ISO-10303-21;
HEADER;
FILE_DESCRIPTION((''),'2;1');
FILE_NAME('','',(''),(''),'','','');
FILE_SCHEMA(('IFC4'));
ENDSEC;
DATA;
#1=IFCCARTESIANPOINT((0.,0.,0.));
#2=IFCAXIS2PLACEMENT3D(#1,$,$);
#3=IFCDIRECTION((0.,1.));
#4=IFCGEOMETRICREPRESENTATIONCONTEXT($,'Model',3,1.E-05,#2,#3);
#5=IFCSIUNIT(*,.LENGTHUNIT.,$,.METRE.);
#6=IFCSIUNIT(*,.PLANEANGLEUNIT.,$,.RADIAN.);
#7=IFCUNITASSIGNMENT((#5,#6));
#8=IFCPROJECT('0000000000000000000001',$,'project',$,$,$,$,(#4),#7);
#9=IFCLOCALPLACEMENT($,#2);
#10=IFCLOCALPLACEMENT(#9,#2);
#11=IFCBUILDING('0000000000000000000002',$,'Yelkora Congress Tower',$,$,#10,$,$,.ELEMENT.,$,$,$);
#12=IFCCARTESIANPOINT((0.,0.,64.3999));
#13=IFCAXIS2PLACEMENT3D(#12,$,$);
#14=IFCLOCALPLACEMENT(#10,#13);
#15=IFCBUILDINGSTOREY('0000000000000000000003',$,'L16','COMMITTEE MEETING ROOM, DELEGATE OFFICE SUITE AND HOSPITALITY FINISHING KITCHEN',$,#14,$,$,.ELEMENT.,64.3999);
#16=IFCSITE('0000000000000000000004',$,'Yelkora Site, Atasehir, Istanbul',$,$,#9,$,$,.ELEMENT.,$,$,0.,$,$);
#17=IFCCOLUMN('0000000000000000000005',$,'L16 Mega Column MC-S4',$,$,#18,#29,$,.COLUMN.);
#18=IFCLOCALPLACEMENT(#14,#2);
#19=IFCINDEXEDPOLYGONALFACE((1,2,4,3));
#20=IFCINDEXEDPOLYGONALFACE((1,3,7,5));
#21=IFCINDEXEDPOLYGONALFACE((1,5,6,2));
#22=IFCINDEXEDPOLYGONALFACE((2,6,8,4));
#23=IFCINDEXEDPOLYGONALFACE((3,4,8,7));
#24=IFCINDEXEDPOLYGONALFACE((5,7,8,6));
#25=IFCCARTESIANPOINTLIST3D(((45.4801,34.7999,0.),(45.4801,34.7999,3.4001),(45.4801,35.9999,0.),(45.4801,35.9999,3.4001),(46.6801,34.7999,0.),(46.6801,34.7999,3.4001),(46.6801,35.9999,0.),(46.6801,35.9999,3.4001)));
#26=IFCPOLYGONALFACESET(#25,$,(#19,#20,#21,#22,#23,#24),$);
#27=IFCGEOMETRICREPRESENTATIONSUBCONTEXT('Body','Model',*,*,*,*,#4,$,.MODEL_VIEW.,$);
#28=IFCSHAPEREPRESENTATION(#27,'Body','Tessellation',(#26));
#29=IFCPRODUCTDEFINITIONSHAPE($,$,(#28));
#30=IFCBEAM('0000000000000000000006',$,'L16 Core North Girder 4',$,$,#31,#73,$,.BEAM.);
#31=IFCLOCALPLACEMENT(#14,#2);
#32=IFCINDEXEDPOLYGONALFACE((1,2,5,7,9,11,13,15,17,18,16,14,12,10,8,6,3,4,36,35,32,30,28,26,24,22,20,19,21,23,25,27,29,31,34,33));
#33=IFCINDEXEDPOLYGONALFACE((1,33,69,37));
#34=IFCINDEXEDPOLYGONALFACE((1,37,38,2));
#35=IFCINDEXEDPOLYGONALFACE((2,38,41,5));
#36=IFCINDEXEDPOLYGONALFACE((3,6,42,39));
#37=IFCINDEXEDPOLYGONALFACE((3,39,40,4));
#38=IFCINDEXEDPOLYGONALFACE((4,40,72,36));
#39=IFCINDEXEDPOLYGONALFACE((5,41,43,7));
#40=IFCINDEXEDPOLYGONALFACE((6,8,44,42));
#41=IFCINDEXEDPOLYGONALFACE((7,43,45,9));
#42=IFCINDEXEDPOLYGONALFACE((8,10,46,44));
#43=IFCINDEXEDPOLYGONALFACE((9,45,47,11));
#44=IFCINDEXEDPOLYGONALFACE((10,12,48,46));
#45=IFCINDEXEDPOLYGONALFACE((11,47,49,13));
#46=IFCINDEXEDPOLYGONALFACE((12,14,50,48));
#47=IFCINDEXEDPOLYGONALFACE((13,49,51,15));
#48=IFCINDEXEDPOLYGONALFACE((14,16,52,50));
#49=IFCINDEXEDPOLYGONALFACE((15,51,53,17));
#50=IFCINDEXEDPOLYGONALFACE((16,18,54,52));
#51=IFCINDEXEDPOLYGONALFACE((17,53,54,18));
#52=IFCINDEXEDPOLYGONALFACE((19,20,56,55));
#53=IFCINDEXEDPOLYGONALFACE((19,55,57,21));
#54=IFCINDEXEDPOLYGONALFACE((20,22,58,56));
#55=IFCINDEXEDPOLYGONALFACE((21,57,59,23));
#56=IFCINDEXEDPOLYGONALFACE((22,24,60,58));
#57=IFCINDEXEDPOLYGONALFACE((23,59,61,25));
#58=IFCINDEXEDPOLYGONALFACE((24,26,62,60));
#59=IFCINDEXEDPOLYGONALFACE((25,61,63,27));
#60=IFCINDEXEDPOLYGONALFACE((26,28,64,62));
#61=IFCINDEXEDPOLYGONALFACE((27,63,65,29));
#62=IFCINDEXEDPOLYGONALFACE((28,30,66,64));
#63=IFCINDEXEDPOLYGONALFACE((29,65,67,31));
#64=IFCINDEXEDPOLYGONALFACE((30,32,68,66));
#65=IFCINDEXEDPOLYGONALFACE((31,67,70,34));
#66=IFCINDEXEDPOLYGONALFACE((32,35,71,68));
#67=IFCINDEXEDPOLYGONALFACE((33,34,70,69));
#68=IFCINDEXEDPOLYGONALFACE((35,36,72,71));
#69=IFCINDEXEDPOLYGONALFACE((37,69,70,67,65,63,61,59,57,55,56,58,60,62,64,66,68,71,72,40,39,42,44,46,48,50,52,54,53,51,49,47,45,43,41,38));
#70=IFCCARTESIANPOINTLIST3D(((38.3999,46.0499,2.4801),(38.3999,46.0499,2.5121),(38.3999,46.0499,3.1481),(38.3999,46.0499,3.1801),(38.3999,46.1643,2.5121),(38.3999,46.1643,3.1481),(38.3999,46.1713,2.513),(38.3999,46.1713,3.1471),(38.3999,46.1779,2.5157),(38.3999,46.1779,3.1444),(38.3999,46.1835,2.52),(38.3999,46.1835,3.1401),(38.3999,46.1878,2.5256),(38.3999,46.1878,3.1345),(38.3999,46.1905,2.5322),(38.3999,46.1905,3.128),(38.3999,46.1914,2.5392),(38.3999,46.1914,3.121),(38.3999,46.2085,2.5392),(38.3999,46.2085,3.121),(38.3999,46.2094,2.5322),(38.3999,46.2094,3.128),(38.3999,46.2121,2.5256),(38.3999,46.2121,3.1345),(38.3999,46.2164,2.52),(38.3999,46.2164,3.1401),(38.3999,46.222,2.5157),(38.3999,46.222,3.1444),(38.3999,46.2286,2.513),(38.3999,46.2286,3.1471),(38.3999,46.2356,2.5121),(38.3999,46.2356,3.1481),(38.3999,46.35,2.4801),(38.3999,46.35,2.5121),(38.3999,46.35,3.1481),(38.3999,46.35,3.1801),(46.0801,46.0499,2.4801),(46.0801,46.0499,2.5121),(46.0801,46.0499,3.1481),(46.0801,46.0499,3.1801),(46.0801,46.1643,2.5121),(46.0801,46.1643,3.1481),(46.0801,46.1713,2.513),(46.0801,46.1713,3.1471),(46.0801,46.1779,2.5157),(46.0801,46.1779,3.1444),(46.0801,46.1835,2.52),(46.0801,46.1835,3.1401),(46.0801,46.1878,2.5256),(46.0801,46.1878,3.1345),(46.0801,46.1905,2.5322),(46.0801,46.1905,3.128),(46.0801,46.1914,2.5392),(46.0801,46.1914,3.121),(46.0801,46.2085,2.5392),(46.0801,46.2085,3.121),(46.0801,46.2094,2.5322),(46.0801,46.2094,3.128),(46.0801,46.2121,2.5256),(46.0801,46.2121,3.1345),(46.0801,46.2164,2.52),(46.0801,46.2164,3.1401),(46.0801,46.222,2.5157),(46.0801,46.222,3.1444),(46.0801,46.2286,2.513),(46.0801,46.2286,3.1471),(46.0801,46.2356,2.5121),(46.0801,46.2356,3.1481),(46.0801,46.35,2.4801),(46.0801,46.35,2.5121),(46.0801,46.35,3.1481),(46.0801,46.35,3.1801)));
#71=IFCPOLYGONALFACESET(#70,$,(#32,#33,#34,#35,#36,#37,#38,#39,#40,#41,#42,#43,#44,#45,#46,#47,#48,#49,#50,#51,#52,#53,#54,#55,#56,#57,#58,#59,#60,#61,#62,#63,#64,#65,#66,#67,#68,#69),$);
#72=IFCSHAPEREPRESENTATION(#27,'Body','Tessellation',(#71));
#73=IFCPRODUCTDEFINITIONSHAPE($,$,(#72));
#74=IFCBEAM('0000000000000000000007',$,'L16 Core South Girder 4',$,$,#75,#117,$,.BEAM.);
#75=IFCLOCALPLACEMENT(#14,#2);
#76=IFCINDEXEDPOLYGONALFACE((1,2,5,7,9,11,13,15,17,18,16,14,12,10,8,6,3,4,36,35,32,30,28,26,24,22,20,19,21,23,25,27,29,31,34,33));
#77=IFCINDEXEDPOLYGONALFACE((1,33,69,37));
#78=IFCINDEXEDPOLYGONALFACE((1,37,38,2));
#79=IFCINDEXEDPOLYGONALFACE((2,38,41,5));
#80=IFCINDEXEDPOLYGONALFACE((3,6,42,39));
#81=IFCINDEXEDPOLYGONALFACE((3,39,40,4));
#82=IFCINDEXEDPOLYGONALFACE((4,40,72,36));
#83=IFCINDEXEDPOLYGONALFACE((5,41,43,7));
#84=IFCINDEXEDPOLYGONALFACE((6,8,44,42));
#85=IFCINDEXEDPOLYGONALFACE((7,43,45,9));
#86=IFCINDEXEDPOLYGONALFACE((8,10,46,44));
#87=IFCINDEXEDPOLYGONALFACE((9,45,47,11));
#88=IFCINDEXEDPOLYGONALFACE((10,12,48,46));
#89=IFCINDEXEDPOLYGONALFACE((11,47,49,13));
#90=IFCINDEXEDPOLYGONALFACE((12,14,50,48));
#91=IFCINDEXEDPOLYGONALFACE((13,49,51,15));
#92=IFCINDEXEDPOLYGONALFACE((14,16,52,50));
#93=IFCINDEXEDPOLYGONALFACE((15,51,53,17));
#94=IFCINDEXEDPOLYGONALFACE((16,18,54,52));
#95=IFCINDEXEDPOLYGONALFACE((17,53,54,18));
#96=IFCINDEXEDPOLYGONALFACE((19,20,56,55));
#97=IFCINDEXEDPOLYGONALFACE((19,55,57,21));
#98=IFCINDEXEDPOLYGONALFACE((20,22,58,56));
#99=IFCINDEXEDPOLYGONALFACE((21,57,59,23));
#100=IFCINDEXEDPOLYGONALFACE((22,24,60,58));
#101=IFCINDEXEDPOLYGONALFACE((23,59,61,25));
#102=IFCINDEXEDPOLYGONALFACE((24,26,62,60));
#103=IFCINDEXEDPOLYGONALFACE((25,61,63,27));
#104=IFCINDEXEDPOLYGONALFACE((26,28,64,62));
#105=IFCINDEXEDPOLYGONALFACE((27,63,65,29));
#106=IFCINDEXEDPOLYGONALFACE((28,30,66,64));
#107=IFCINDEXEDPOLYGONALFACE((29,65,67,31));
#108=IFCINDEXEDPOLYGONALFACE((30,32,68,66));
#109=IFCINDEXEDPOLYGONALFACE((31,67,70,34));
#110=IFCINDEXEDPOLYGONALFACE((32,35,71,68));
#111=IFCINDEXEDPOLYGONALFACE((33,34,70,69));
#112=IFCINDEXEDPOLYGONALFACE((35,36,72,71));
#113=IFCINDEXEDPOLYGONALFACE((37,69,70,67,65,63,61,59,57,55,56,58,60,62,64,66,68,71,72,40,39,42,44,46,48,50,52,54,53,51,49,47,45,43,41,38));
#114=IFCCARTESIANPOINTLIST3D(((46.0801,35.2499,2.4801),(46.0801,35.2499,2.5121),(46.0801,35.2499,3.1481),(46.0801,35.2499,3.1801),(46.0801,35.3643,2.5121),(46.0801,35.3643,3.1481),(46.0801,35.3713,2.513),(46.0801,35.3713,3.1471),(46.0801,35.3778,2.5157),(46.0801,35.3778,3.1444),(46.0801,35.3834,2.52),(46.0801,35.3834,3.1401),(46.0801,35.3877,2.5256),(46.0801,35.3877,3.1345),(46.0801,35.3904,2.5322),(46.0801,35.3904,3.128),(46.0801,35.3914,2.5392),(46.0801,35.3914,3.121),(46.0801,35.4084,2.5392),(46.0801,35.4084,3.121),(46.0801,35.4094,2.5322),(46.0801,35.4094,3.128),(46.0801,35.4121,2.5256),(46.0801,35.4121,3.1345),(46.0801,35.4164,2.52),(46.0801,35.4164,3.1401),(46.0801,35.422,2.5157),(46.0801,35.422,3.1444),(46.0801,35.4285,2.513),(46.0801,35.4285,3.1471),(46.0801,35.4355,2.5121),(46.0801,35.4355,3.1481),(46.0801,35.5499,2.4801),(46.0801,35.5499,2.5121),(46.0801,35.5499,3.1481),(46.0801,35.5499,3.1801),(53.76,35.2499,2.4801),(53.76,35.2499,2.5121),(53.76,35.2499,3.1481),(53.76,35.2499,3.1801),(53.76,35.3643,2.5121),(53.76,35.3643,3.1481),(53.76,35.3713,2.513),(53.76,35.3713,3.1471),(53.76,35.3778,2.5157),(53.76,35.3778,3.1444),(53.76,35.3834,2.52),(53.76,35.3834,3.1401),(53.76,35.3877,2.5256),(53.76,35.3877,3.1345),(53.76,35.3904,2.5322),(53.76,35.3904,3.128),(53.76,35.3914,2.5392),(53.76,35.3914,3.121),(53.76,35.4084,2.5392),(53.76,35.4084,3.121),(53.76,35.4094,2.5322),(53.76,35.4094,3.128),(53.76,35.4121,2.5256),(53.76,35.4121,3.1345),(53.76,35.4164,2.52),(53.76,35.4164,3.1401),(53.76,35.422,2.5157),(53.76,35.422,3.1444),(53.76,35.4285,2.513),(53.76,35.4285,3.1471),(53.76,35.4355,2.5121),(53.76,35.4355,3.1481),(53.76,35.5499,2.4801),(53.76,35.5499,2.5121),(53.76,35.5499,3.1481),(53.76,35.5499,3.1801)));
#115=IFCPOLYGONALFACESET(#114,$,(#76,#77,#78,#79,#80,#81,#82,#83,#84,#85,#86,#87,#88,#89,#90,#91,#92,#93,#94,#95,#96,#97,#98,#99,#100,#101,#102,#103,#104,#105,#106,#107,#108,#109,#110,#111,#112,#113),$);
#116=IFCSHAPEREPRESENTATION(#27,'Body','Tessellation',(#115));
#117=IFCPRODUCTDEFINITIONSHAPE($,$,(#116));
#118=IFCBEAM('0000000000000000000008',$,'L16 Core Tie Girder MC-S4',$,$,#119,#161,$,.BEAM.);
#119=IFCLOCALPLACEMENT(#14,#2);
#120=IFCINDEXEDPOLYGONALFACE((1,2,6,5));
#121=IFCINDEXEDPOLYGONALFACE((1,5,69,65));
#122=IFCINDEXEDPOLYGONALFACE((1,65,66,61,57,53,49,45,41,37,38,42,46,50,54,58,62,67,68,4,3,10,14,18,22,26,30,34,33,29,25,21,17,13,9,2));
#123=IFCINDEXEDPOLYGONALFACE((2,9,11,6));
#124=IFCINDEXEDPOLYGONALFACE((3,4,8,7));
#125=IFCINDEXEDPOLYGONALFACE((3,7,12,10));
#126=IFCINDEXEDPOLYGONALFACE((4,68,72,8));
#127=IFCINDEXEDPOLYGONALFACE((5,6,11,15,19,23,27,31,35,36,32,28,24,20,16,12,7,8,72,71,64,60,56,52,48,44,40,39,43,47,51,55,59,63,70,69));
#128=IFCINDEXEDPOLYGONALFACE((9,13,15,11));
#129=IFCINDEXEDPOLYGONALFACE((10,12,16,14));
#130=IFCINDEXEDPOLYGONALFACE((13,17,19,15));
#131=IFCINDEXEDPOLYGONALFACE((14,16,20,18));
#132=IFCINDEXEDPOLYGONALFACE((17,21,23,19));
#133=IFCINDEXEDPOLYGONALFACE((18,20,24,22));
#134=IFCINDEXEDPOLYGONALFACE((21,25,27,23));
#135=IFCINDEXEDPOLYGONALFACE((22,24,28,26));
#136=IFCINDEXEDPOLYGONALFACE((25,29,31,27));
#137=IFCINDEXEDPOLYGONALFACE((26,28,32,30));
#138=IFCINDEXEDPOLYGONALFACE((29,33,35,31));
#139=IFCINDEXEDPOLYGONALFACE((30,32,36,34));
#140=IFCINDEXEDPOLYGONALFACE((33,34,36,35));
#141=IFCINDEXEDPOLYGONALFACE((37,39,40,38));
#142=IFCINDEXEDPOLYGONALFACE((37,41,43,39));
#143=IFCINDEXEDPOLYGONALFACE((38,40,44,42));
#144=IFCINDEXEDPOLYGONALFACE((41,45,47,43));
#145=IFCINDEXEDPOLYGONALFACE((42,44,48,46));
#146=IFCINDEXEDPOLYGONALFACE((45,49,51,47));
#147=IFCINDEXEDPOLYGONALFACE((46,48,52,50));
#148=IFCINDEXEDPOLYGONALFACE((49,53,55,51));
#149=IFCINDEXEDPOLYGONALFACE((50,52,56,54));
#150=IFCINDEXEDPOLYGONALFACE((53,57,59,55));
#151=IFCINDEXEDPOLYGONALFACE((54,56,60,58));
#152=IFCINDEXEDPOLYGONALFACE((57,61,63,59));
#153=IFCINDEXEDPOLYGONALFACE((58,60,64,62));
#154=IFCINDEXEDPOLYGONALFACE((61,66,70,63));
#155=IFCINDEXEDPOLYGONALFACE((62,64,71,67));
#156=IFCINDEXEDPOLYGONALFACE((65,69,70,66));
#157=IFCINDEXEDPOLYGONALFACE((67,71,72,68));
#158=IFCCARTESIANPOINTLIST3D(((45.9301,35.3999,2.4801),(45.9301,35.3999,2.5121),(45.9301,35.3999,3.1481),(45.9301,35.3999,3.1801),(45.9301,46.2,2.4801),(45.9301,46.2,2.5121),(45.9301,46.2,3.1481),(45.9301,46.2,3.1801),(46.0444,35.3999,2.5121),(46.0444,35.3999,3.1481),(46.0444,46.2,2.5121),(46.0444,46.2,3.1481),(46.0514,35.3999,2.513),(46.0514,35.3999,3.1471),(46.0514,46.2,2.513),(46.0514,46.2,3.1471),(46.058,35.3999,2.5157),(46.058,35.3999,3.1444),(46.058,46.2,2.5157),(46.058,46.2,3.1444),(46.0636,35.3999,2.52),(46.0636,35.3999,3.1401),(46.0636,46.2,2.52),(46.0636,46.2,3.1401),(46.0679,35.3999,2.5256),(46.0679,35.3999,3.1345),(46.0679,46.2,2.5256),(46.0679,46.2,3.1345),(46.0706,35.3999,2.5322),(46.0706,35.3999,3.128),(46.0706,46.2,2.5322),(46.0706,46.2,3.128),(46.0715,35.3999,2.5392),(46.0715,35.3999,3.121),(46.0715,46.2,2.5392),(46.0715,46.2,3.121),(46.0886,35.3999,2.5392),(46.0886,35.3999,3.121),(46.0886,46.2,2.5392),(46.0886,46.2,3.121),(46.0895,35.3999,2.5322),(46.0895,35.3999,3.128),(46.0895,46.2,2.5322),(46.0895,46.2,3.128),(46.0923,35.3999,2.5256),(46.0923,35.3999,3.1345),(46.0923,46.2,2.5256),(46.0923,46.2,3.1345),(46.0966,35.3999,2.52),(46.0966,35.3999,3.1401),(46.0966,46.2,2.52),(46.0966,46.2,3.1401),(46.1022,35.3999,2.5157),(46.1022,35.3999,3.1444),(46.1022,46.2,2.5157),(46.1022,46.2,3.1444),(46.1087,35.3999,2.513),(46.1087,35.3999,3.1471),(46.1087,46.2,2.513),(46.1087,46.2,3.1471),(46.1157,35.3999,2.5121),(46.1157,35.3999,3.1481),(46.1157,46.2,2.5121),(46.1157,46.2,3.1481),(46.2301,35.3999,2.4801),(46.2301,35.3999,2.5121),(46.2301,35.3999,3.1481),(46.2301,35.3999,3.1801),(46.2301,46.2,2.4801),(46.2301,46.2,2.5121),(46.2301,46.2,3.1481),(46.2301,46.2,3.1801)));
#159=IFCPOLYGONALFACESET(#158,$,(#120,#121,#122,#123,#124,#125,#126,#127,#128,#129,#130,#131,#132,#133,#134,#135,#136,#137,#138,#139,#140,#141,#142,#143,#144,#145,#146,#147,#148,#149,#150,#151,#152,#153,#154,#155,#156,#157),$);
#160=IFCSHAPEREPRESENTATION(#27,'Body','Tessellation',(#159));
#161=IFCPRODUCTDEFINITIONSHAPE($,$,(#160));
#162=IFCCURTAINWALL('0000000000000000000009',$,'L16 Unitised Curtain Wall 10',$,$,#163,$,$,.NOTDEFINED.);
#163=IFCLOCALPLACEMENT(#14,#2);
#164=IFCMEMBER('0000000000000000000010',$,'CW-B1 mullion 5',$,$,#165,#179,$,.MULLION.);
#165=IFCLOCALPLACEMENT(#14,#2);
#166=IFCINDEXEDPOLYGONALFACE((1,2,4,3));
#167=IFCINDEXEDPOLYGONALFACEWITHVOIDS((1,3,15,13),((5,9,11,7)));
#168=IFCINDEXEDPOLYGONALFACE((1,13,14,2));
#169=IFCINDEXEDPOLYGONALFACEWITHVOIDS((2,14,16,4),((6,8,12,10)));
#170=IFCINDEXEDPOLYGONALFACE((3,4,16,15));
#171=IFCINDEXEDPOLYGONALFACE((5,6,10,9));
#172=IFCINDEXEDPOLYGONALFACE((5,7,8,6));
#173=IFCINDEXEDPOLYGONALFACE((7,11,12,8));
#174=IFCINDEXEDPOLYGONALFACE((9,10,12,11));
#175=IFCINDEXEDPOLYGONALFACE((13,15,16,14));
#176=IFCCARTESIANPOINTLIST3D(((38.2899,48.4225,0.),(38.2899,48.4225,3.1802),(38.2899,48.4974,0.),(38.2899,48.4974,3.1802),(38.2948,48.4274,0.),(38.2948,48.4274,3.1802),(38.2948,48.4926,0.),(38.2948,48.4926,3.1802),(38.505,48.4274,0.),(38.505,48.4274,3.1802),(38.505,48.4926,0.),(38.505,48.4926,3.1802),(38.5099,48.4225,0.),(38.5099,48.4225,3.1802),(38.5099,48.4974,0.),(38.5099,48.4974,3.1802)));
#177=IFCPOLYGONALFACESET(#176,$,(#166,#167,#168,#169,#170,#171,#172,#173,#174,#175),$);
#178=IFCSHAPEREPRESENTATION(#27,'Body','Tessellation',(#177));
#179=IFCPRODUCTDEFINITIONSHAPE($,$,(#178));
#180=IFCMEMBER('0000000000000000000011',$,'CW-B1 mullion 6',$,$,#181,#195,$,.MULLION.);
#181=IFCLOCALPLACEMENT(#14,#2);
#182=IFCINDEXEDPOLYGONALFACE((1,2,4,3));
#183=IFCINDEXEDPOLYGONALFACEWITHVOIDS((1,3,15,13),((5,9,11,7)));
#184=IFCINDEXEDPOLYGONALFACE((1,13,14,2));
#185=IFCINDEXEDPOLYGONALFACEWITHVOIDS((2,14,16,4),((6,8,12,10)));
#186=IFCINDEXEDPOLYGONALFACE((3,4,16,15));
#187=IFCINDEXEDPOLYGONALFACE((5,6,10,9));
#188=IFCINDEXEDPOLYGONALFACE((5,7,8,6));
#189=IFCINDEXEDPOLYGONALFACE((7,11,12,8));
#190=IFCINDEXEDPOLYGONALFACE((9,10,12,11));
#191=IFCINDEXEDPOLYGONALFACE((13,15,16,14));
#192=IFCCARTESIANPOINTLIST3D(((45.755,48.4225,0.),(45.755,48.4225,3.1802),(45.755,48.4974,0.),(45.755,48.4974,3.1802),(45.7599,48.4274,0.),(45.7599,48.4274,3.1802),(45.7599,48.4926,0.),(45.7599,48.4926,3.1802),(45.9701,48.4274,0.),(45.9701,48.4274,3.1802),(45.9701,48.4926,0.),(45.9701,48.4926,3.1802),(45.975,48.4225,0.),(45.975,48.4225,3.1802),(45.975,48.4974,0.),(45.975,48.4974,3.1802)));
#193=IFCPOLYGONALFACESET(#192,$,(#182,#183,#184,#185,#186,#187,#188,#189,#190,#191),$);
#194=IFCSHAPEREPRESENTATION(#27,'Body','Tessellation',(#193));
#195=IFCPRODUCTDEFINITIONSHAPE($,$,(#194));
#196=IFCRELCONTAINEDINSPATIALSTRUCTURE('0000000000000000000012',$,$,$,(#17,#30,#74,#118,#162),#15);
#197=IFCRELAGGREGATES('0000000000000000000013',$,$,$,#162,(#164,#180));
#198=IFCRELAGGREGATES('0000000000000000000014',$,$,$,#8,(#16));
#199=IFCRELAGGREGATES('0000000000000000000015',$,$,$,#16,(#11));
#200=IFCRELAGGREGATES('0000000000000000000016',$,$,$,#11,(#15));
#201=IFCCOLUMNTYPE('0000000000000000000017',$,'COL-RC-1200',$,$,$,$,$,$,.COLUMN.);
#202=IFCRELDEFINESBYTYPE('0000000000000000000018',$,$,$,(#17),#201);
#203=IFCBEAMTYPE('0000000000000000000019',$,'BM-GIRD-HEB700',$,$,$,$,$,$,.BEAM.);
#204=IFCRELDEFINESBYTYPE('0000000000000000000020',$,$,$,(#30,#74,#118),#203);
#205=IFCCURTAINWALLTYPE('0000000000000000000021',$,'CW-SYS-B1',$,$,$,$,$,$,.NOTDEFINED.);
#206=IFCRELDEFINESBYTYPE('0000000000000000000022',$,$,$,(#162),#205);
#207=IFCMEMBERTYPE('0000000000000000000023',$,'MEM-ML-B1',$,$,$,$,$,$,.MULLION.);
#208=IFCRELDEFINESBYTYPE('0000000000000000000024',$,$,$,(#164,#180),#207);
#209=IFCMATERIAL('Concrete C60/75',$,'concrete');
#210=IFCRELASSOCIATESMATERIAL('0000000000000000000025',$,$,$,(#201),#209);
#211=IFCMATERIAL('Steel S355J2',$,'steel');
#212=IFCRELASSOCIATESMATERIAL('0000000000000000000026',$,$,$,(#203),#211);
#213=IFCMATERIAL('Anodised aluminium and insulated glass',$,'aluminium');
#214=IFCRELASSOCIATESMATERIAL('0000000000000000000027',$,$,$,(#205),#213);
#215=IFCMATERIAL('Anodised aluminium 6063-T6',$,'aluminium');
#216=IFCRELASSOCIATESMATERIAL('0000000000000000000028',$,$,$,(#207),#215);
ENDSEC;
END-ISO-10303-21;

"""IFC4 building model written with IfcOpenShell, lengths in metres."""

from ifc_helpers import new_model, si_unit, direction, frame, origin, origin_2d, place, context, subcontext, project, spatial, rectangle, hollow_rectangle, i_section, extrude, material, material_profile, profile_set, type_object, element, aggregate, save


model = new_model("IFC4")

# Units and contexts
model_context = context("Model", 3, precision=1e-05, world=origin(), true_north=direction((0.0, 1.0)))
body_context = subcontext(model_context, "Body", "Model", "MODEL_VIEW")
ifc_project = project(units=[si_unit("LENGTHUNIT", "METRE"), si_unit("PLANEANGLEUNIT", "RADIAN")], contexts=[model_context])

# Site, building, storey
site_placement = place(None, origin())
site = spatial("IfcSite", under=ifc_project, at=site_placement, Name="Yelkora Site, Atasehir, Istanbul", CompositionType="ELEMENT", RefElevation=0.0)
building_placement = place(site_placement, origin())
building = spatial("IfcBuilding", under=site, at=building_placement, Name="Yelkora Congress Tower", CompositionType="ELEMENT")
storey_placement = place(building_placement, frame((0.0, 0.0, 64.3999)))
storey = spatial("IfcBuildingStorey", under=building, at=storey_placement, Name="L16", Description="COMMITTEE MEETING ROOM, DELEGATE OFFICE SUITE AND HOSPITALITY FINISHING KITCHEN", CompositionType="ELEMENT", Elevation=64.3999)

# Column
ifc_material_1 = material(Name="Concrete C60/75", Category="concrete")
ifc_material_profile_1 = material_profile(ifc_material_1, rectangle(XDim=1.2, YDim=1.2, at=origin_2d()), Name="RC 1200x1200")
ifc_profile_set_1 = profile_set([ifc_material_profile_1], Name="Concrete C60/75")
column_type = type_object("IfcColumnType", Name="COL-RC-1200", PredefinedType="COLUMN", material=ifc_profile_set_1)
column_placement = place(storey_placement, frame((46.0801, 35.3999, 0.0), z_axis=(0.0, 0.0, 1.0), x_axis=(1.0, 0.0, 0.0)))
element("IfcColumn", 1, at=column_placement, inside=storey, type_object=column_type, Name="L16 Mega Column MC-S4", PredefinedType="COLUMN", context=body_context, shape_type="SweptSolid", body=[
    extrude(rectangle(XDim=1.2, YDim=1.2, at=origin_2d()), origin(), (0.0, 0.0, 1.0), 3.4001),
])

# Beams
ifc_material_2 = material(Name="Steel S355J2", Category="steel")
ifc_material_profile_2 = material_profile(ifc_material_2, i_section(OverallWidth=0.3, OverallDepth=0.7, WebThickness=0.0171, FlangeThickness=0.032, FilletRadius=0.0271, at=origin_2d()), Name="HEB 700")
ifc_profile_set_2 = profile_set([ifc_material_profile_2], Name="Steel S355J2")
beam_type = type_object("IfcBeamType", Name="BM-GIRD-HEB700", PredefinedType="BEAM", material=ifc_profile_set_2)
beam_1_placement = place(storey_placement, frame((38.3999, 46.2, 2.8301), z_axis=(1.0, 0.0, 0.0), x_axis=(0.0, 1.0, 0.0)))
element("IfcBeam", 2, at=beam_1_placement, inside=storey, type_object=beam_type, Name="L16 Core North Girder 4", PredefinedType="BEAM", context=body_context, shape_type="SweptSolid", body=[
    extrude(i_section(OverallWidth=0.3, OverallDepth=0.7, WebThickness=0.0171, FlangeThickness=0.032, FilletRadius=0.0271, at=origin_2d()), origin(), (0.0, 0.0, 1.0), 7.6802),
])
beam_2_placement = place(storey_placement, frame((46.0801, 35.3999, 2.8301), z_axis=(1.0, 0.0, 0.0), x_axis=(0.0, 1.0, 0.0)))
element("IfcBeam", 3, at=beam_2_placement, inside=storey, type_object=beam_type, Name="L16 Core South Girder 4", PredefinedType="BEAM", context=body_context, shape_type="SweptSolid", body=[
    extrude(i_section(OverallWidth=0.3, OverallDepth=0.7, WebThickness=0.0171, FlangeThickness=0.032, FilletRadius=0.0271, at=origin_2d()), origin(), (0.0, 0.0, 1.0), 7.6799),
])
beam_3_placement = place(storey_placement, frame((46.0801, 35.3999, 2.8301), z_axis=(0.0, 1.0, 0.0), x_axis=(-1.0, 0.0, 0.0)))
element("IfcBeam", 4, at=beam_3_placement, inside=storey, type_object=beam_type, Name="L16 Core Tie Girder MC-S4", PredefinedType="BEAM", context=body_context, shape_type="SweptSolid", body=[
    extrude(i_section(OverallWidth=0.3, OverallDepth=0.7, WebThickness=0.0171, FlangeThickness=0.032, FilletRadius=0.0271, at=origin_2d()), origin(), (0.0, 0.0, 1.0), 10.8),
])

# Curtain wall, members
ifc_material_3 = material(Name="Anodised aluminium and insulated glass", Category="aluminium")
curtain_wall_type = type_object("IfcCurtainWallType", Name="CW-SYS-B1", PredefinedType="NOTDEFINED", material=ifc_material_3)
curtain_wall_placement = place(storey_placement, origin())
curtain_wall = element("IfcCurtainWall", 5, at=curtain_wall_placement, inside=storey, type_object=curtain_wall_type, Name="L16 Unitised Curtain Wall 10", PredefinedType="NOTDEFINED")
ifc_material_4 = material(Name="Anodised aluminium 6063-T6", Category="aluminium")
ifc_material_profile_3 = material_profile(ifc_material_4, hollow_rectangle(XDim=0.075, YDim=0.22, WallThickness=0.0049, at=origin_2d()), Name="ALU 75x220x5")
ifc_profile_set_3 = profile_set([ifc_material_profile_3], Name="Anodised aluminium 6063-T6")
member_type_1 = type_object("IfcMemberType", Name="MEM-ML-B1", PredefinedType="MULLION", material=ifc_profile_set_3)
member_1_placement = place(storey_placement, frame((38.3999, 48.46, 0.0), z_axis=(0.0, 0.0, 1.0), x_axis=(0.0, 1.0, 0.0)))
member_1 = element("IfcMember", 6, at=member_1_placement, type_object=member_type_1, Name="CW-B1 mullion 5", PredefinedType="MULLION", context=body_context, shape_type="SweptSolid", body=[
    extrude(hollow_rectangle(XDim=0.075, YDim=0.22, WallThickness=0.0049, at=origin_2d()), origin(), (0.0, 0.0, 1.0), 3.1802),
])
member_2_placement = place(storey_placement, frame((45.865, 48.46, 0.0), z_axis=(0.0, 0.0, 1.0), x_axis=(0.0, 1.0, 0.0)))
member_2 = element("IfcMember", 7, at=member_2_placement, type_object=member_type_1, Name="CW-B1 mullion 6", PredefinedType="MULLION", context=body_context, shape_type="SweptSolid", body=[
    extrude(hollow_rectangle(XDim=0.075, YDim=0.22, WallThickness=0.0049, at=origin_2d()), origin(), (0.0, 0.0, 1.0), 3.1802),
])
aggregate(curtain_wall, [member_1, member_2])

save(model, "model.ifc")
